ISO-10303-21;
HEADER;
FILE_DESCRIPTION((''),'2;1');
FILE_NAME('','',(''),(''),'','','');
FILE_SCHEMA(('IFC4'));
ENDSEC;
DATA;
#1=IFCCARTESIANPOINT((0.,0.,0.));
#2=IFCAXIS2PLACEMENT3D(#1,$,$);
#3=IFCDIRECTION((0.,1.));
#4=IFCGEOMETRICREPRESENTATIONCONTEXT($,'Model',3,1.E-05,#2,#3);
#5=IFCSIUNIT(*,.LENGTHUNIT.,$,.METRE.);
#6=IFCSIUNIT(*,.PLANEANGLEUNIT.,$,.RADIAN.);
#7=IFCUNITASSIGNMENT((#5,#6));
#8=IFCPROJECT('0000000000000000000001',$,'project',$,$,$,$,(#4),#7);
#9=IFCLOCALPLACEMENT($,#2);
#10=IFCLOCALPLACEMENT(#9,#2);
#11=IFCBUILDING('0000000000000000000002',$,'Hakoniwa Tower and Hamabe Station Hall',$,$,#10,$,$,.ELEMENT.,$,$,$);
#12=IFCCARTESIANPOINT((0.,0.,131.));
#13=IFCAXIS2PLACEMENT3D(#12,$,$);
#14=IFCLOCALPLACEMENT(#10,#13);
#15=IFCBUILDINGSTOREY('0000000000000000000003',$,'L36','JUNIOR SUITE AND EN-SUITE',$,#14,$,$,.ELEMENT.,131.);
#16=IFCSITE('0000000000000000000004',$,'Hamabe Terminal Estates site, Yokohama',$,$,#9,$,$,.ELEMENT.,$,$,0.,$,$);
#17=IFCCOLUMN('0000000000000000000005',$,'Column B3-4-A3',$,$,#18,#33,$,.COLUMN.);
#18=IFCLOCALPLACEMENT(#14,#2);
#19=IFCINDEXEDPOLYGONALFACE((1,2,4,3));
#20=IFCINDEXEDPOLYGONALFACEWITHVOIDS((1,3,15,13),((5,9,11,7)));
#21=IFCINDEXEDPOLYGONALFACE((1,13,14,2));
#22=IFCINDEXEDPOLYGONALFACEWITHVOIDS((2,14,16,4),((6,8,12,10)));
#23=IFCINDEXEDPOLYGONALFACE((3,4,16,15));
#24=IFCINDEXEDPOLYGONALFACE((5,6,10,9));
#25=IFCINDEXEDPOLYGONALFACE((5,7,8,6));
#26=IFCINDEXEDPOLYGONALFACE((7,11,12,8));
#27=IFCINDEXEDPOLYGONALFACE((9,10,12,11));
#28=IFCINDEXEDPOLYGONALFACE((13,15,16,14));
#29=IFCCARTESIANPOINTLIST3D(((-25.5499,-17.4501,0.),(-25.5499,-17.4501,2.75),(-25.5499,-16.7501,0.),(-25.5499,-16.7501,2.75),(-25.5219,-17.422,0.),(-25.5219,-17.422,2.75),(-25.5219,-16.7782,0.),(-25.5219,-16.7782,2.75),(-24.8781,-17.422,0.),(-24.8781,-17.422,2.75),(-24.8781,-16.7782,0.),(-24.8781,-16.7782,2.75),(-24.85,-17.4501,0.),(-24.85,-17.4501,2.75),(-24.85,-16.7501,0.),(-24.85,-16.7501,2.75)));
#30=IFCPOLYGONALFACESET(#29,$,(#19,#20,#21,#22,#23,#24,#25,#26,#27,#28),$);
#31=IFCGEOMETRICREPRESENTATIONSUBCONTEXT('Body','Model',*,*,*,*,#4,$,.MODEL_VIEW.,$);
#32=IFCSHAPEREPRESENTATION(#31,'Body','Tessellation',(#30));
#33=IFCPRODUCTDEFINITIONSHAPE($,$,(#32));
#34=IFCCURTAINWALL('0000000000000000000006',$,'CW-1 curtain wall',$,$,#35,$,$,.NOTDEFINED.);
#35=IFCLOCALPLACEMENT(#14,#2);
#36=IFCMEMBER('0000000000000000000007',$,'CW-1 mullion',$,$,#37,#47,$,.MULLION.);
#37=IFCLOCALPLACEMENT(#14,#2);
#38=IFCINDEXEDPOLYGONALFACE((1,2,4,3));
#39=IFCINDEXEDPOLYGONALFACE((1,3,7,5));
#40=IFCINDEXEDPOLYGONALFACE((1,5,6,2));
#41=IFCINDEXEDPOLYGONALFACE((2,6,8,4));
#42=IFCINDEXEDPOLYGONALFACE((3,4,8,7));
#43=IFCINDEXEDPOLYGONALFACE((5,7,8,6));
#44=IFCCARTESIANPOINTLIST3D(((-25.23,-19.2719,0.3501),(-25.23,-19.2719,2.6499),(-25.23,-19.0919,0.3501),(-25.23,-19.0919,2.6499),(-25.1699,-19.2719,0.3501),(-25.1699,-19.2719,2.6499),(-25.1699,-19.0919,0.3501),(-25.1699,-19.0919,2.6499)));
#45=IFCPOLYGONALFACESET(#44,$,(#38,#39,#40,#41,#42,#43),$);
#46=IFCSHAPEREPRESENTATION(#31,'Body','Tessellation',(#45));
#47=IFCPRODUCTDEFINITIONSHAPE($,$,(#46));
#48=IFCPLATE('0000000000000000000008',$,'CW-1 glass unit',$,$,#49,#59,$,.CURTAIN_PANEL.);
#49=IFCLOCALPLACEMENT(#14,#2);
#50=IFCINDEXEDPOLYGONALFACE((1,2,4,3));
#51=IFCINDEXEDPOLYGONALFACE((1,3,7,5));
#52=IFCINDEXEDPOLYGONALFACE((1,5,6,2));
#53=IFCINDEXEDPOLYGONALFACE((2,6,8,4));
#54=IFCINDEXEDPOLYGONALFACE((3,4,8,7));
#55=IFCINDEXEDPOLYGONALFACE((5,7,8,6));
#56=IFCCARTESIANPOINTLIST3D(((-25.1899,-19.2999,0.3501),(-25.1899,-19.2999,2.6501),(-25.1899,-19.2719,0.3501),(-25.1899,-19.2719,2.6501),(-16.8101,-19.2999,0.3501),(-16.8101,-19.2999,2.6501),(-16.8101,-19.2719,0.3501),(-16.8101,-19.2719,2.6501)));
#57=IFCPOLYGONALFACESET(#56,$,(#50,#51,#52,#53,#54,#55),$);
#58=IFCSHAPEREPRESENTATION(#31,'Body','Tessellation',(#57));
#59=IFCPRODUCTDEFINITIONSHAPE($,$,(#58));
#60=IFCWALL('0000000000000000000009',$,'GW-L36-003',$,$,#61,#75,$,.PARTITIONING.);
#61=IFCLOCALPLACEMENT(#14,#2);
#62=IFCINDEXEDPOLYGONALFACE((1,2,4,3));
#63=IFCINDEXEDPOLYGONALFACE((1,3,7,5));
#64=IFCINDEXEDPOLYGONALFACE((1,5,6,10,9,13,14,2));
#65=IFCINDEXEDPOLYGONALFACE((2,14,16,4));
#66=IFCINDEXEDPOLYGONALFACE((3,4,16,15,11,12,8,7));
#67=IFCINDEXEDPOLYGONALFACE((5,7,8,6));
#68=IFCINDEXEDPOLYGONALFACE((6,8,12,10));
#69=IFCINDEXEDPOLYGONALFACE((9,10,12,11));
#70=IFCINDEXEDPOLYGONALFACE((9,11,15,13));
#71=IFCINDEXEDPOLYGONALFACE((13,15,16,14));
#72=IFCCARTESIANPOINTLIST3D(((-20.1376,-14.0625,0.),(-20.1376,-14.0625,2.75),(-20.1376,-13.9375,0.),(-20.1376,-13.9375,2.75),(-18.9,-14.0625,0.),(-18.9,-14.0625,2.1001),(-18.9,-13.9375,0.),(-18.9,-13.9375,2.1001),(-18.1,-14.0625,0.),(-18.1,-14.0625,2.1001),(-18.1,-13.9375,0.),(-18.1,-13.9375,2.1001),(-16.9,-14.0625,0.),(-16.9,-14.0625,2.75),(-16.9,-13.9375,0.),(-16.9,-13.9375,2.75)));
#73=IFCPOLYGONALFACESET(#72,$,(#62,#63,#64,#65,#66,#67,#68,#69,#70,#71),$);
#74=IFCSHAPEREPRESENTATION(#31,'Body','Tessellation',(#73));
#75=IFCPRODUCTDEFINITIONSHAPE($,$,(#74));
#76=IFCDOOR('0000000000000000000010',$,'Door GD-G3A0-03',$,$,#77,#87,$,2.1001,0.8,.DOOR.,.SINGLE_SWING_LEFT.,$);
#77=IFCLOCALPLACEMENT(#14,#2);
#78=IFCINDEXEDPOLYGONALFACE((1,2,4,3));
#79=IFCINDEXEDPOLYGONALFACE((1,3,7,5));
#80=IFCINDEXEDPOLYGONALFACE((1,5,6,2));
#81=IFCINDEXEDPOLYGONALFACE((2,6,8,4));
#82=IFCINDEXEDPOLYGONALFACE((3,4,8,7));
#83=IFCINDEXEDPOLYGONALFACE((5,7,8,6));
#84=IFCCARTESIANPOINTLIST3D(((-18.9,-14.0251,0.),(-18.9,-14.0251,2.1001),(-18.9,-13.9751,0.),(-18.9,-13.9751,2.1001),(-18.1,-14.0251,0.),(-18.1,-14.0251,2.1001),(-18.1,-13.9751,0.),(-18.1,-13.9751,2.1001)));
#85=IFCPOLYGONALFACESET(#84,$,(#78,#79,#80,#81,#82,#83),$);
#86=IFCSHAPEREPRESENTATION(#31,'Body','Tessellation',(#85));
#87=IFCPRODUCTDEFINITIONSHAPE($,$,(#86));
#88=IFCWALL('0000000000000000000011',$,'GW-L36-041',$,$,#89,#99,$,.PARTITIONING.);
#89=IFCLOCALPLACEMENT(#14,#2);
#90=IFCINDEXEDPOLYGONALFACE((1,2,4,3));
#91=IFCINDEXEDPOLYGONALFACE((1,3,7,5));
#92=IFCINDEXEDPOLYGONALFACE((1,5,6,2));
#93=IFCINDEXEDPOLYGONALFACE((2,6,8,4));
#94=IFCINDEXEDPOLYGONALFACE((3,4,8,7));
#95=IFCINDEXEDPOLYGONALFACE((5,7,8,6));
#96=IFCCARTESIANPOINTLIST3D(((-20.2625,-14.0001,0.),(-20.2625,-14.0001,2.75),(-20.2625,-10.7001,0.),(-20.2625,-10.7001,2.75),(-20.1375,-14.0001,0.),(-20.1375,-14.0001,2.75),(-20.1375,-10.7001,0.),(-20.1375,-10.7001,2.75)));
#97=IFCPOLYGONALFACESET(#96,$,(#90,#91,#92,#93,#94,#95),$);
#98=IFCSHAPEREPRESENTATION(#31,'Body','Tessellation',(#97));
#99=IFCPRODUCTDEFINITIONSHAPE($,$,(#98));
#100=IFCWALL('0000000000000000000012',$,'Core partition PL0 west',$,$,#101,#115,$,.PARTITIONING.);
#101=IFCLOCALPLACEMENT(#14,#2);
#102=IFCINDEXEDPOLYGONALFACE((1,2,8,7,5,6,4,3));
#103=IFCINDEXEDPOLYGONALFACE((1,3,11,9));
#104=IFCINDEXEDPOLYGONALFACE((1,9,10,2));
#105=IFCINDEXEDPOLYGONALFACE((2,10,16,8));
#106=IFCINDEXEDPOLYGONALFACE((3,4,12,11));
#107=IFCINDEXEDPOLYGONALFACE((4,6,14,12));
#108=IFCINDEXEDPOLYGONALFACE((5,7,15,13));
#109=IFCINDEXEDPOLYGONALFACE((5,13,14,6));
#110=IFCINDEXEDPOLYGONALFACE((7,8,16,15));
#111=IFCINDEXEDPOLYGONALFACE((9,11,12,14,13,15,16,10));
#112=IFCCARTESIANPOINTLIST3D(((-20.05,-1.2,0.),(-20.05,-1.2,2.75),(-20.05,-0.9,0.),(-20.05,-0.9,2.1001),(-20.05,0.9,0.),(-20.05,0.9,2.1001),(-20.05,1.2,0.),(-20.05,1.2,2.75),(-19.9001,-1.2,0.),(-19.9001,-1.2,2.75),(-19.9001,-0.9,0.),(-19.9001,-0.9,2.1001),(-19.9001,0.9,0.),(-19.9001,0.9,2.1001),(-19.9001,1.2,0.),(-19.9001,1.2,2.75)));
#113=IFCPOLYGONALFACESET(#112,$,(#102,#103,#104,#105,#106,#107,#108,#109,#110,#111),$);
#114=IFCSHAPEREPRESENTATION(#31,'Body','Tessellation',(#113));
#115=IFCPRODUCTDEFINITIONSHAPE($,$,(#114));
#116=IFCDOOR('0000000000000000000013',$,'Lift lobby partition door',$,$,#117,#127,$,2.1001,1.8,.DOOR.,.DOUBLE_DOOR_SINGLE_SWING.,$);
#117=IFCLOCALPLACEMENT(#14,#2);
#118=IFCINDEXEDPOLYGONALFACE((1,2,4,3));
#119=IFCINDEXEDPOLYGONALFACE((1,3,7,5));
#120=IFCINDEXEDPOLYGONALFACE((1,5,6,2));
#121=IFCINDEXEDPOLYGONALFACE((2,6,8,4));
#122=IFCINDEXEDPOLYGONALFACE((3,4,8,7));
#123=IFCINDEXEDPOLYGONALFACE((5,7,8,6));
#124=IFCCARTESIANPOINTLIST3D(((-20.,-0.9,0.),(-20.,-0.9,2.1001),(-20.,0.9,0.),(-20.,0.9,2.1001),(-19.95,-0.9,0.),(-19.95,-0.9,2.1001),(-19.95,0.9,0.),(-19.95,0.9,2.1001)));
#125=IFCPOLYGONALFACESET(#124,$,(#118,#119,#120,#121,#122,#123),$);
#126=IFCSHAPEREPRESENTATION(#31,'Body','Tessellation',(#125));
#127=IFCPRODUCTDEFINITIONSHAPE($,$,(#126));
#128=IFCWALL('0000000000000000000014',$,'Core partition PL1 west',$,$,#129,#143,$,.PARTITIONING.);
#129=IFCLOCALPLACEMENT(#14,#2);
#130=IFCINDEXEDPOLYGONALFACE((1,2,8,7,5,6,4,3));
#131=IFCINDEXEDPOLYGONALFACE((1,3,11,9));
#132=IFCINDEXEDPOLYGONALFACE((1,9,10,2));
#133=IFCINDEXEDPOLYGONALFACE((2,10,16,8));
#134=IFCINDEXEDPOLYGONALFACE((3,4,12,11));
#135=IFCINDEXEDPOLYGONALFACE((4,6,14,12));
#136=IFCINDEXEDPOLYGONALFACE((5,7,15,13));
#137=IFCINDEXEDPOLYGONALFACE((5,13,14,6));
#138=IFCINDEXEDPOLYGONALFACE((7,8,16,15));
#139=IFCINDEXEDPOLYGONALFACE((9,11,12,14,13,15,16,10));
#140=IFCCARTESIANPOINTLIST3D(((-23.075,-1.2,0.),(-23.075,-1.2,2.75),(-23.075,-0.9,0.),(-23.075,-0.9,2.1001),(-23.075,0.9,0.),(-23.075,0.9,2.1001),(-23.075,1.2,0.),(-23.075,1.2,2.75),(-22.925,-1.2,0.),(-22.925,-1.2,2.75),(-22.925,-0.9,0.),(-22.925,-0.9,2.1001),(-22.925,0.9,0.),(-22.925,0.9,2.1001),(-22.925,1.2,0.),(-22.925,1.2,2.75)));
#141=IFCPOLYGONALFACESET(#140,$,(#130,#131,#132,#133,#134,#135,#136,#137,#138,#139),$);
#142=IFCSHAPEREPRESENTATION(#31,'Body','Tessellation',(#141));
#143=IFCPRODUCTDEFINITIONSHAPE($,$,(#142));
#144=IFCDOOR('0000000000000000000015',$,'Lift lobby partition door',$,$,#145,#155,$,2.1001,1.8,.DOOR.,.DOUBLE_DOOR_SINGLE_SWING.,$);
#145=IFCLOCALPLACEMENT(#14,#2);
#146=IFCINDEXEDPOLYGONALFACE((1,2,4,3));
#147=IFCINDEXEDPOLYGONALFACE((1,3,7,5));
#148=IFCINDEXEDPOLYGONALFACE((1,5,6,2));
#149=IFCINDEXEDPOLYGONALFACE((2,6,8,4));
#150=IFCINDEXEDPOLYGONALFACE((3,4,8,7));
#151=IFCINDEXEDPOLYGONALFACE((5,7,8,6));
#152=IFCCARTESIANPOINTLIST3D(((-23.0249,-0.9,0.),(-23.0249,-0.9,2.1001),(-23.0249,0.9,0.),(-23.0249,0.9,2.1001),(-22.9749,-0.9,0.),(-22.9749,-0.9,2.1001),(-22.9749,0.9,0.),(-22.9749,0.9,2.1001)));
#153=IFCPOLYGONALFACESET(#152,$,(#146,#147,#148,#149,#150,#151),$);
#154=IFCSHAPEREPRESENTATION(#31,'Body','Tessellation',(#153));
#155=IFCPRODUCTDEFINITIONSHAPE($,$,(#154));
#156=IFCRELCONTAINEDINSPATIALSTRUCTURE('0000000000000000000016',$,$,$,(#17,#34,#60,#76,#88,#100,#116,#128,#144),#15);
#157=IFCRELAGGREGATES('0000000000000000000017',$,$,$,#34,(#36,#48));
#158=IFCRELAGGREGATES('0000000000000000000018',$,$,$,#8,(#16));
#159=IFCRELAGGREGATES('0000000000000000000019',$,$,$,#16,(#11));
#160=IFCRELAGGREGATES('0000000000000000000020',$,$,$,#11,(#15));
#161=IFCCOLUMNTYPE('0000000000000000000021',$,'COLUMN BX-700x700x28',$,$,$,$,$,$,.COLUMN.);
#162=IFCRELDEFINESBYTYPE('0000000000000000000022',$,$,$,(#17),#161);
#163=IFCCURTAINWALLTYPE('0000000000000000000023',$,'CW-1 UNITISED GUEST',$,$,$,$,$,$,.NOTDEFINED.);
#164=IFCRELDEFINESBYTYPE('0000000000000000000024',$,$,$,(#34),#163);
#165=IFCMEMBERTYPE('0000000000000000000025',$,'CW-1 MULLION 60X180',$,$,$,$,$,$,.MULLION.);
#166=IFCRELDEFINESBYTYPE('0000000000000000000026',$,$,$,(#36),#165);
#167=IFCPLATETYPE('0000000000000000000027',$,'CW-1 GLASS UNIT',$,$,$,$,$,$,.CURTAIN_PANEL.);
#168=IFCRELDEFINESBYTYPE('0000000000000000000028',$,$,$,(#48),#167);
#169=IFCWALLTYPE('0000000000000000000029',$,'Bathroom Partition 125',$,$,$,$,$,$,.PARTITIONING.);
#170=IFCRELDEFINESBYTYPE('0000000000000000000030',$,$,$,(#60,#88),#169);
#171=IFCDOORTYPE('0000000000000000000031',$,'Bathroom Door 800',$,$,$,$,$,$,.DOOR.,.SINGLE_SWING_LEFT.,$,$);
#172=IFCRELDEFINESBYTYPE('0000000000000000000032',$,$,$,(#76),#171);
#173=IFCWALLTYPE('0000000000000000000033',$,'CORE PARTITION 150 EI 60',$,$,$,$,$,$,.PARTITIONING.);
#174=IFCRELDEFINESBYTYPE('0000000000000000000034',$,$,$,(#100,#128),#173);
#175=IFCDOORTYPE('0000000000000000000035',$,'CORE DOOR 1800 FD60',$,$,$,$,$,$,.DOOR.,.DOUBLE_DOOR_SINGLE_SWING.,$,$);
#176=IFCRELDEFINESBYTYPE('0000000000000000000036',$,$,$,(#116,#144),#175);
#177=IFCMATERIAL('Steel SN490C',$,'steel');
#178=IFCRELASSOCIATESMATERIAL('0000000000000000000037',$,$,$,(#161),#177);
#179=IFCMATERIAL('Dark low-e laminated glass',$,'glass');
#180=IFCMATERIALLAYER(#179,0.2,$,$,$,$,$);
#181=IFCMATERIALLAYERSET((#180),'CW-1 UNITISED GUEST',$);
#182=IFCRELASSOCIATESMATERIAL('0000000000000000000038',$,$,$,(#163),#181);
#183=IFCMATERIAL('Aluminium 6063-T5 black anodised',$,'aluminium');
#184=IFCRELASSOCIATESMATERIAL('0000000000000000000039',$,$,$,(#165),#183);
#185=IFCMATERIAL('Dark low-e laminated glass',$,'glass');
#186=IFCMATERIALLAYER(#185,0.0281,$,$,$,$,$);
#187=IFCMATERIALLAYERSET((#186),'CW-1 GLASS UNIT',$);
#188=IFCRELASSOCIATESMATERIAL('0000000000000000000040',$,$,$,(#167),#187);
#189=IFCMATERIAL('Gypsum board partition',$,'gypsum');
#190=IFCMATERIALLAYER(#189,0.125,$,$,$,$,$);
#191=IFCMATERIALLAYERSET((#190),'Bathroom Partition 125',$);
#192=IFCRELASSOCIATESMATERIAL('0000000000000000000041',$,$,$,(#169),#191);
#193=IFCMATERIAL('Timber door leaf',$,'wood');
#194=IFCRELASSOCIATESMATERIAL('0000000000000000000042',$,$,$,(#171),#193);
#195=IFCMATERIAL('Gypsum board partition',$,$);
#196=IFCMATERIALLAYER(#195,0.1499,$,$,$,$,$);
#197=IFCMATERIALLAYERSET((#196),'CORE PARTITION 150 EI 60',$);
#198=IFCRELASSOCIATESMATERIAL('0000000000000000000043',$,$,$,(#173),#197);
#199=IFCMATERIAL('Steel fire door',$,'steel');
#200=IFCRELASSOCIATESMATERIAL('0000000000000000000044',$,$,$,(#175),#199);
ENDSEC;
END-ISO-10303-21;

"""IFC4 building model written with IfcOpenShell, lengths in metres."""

from ifc_helpers import new_model, si_unit, direction, frame, frame_2d, origin, origin_2d, place, context, subcontext, project, spatial, rectangle, hollow_rectangle, extrude, material, layer, layer_set, material_profile, profile_set, type_object, element, fill, aggregate, save


model = new_model("IFC4")

# Units and contexts
model_context = context("Model", 3, precision=1e-05, world=origin(), true_north=direction((0.0, 1.0)))
body_context = subcontext(model_context, "Body", "Model", "MODEL_VIEW")
ifc_project = project(units=[si_unit("LENGTHUNIT", "METRE"), si_unit("PLANEANGLEUNIT", "RADIAN")], contexts=[model_context])

# Site, building, storey
site_placement = place(None, origin())
site = spatial("IfcSite", under=ifc_project, at=site_placement, Name="Hamabe Terminal Estates site, Yokohama", CompositionType="ELEMENT", RefElevation=0.0)
building_placement = place(site_placement, origin())
building = spatial("IfcBuilding", under=site, at=building_placement, Name="Hakoniwa Tower and Hamabe Station Hall", CompositionType="ELEMENT")
storey_placement = place(building_placement, frame((0.0, 0.0, 131.0)))
storey = spatial("IfcBuildingStorey", under=building, at=storey_placement, Name="L36", Description="JUNIOR SUITE AND EN-SUITE", CompositionType="ELEMENT", Elevation=131.0)

# Column
ifc_material_1 = material(Name="Steel SN490C", Category="steel")
ifc_material_profile_1 = material_profile(ifc_material_1, hollow_rectangle(XDim=0.7, YDim=0.7, WallThickness=0.0281, at=origin_2d()), Name="BX-700x700x28")
ifc_profile_set_1 = profile_set([ifc_material_profile_1], Name="Steel SN490C")
column_type = type_object("IfcColumnType", Name="COLUMN BX-700x700x28", PredefinedType="COLUMN", material=ifc_profile_set_1)
column_placement = place(storey_placement, frame((-25.2, -17.1001, 0.0), z_axis=(0.0, 0.0, 1.0), x_axis=(1.0, 0.0, 0.0)))
element("IfcColumn", 1, at=column_placement, inside=storey, type_object=column_type, Name="Column B3-4-A3", PredefinedType="COLUMN", context=body_context, shape_type="SweptSolid", body=[
    extrude(hollow_rectangle(XDim=0.7, YDim=0.7, WallThickness=0.0281, at=origin_2d()), origin(), (0.0, 0.0, 1.0), 2.75),
])

# Curtain wall, member, plate
ifc_material_2 = material(Name="Dark low-e laminated glass", Category="glass")
ifc_layer_1 = layer(ifc_material_2, 0.2)
ifc_layer_set_1 = layer_set([ifc_layer_1], Name="CW-1 UNITISED GUEST")
curtain_wall_type = type_object("IfcCurtainWallType", Name="CW-1 UNITISED GUEST", PredefinedType="NOTDEFINED", material=ifc_layer_set_1)
curtain_wall_placement = place(storey_placement, origin())
curtain_wall = element("IfcCurtainWall", 2, at=curtain_wall_placement, inside=storey, type_object=curtain_wall_type, Name="CW-1 curtain wall", PredefinedType="NOTDEFINED")
ifc_material_3 = material(Name="Aluminium 6063-T5 black anodised", Category="aluminium")
ifc_material_profile_2 = material_profile(ifc_material_3, rectangle(XDim=0.0601, YDim=0.1799, at=origin_2d()), Name="CW-1 MULLION 60X180")
ifc_profile_set_2 = profile_set([ifc_material_profile_2], Name="Aluminium 6063-T5 black anodised")
member_type = type_object("IfcMemberType", Name="CW-1 MULLION 60X180", PredefinedType="MULLION", material=ifc_profile_set_2)
member_placement = place(storey_placement, frame((-25.2, -19.1819, 0.3501), z_axis=(0.0, 0.0, 1.0), x_axis=(1.0, 0.0, 0.0)))
member = element("IfcMember", 3, at=member_placement, type_object=member_type, Name="CW-1 mullion", PredefinedType="MULLION", context=body_context, shape_type="SweptSolid", body=[
    extrude(rectangle(XDim=0.0601, YDim=0.1799, at=origin_2d()), origin(), (0.0, 0.0, 1.0), 2.2998),
])
ifc_material_4 = material(Name="Dark low-e laminated glass", Category="glass")
ifc_layer_2 = layer(ifc_material_4, 0.0281)
ifc_layer_set_2 = layer_set([ifc_layer_2], Name="CW-1 GLASS UNIT")
plate_type = type_object("IfcPlateType", Name="CW-1 GLASS UNIT", PredefinedType="CURTAIN_PANEL", material=ifc_layer_set_2)
plate_placement = place(storey_placement, frame((-21.0, -19.2859, 0.3501), z_axis=(0.0, 0.0, 1.0), x_axis=(1.0, 0.0, 0.0)))
plate = element("IfcPlate", 4, at=plate_placement, type_object=plate_type, Name="CW-1 glass unit", PredefinedType="CURTAIN_PANEL", context=body_context, shape_type="SweptSolid", body=[
    extrude(rectangle(XDim=8.3799, YDim=0.0281, at=origin_2d()), origin(), (0.0, 0.0, 1.0), 2.3),
])
aggregate(curtain_wall, [member, plate])

# Wall, opening, door
ifc_material_5 = material(Name="Gypsum board partition", Category="gypsum")
ifc_layer_3 = layer(ifc_material_5, 0.125)
ifc_layer_set_3 = layer_set([ifc_layer_3], Name="Bathroom Partition 125")
wall_type_1 = type_object("IfcWallType", Name="Bathroom Partition 125", PredefinedType="PARTITIONING", material=ifc_layer_set_3)
wall_1_placement = place(storey_placement, frame((-20.1375, -14.0, 0.0), z_axis=(0.0, 0.0, 1.0), x_axis=(1.0, 0.0, 0.0)))
wall_1 = element("IfcWall", 5, at=wall_1_placement, inside=storey, type_object=wall_type_1, Name="GW-L36-003", PredefinedType="PARTITIONING", context=body_context, shape_type="SweptSolid", body=[
    extrude(rectangle(XDim=3.2375, YDim=0.125, at=frame_2d((1.6187, 0.0))), origin(), (0.0, 0.0, 1.0), 2.75),
])
opening_1_placement = place(wall_1_placement, frame((1.2375, 0.0, 0.0)))
opening_1 = element("IfcOpeningElement", 6, at=opening_1_placement, cuts=wall_1, PredefinedType="OPENING", context=body_context, shape_type="SweptSolid", body=[
    extrude(rectangle(XDim=0.8, YDim=2.1001, at=frame_2d((0.3999, 1.05))), frame((0.0, 0.0725, 0.0), z_axis=(0.0, -1.0, 0.0), x_axis=(1.0, 0.0, 0.0)), (0.0, 0.0, 1.0), 0.145),
])
ifc_material_6 = material(Name="Timber door leaf", Category="wood")
door_type_1 = type_object("IfcDoorType", Name="Bathroom Door 800", OperationType="SINGLE_SWING_LEFT", PredefinedType="DOOR", material=ifc_material_6)
door_1_placement = place(opening_1_placement, origin())
door_1 = element("IfcDoor", 7, at=door_1_placement, inside=storey, type_object=door_type_1, Name="Door GD-G3A0-03", OperationType="SINGLE_SWING_LEFT", OverallHeight=2.1001, OverallWidth=0.8, PredefinedType="DOOR", context=body_context, shape_type="SweptSolid", body=[
    extrude(rectangle(XDim=0.8, YDim=2.1001, at=frame_2d((0.3999, 1.05))), frame((0.0, 0.0249, 0.0), z_axis=(0.0, -1.0, 0.0), x_axis=(1.0, 0.0, 0.0)), (0.0, 0.0, 1.0), 0.05),
])
fill(opening_1, door_1)

# Wall
wall_2_placement = place(storey_placement, frame((-20.2, -14.0, 0.0), z_axis=(0.0, 0.0, 1.0), x_axis=(0.0, 1.0, 0.0)))
element("IfcWall", 8, at=wall_2_placement, inside=storey, type_object=wall_type_1, Name="GW-L36-041", PredefinedType="PARTITIONING", context=body_context, shape_type="SweptSolid", body=[
    extrude(rectangle(XDim=3.3, YDim=0.125, at=frame_2d((1.6499, 0.0))), origin(), (0.0, 0.0, 1.0), 2.75),
])

# Walls, openings, doors
ifc_material_7 = material(Name="Gypsum board partition")
ifc_layer_4 = layer(ifc_material_7, 0.1499)
ifc_layer_set_4 = layer_set([ifc_layer_4], Name="CORE PARTITION 150 EI 60")
wall_type_2 = type_object("IfcWallType", Name="CORE PARTITION 150 EI 60", PredefinedType="PARTITIONING", material=ifc_layer_set_4)
wall_3_placement = place(storey_placement, frame((-19.9751, -1.2, 0.0), z_axis=(0.0, 0.0, 1.0), x_axis=(0.0, 1.0, 0.0)))
wall_3 = element("IfcWall", 9, at=wall_3_placement, inside=storey, type_object=wall_type_2, Name="Core partition PL0 west", PredefinedType="PARTITIONING", context=body_context, shape_type="SweptSolid", body=[
    extrude(rectangle(XDim=2.3999, YDim=0.1499, at=frame_2d((1.2, 0.0))), origin(), (0.0, 0.0, 1.0), 2.75),
])
opening_2_placement = place(wall_3_placement, frame((0.3, 0.0, 0.0)))
opening_2 = element("IfcOpeningElement", 10, at=opening_2_placement, cuts=wall_3, PredefinedType="OPENING", context=body_context, shape_type="SweptSolid", body=[
    extrude(rectangle(XDim=1.8, YDim=2.1001, at=frame_2d((0.8999, 1.05))), frame((0.0, 0.085, 0.0), z_axis=(0.0, -1.0, 0.0), x_axis=(1.0, 0.0, 0.0)), (0.0, 0.0, 1.0), 0.1699),
])
ifc_material_8 = material(Name="Steel fire door", Category="steel")
door_type_2 = type_object("IfcDoorType", Name="CORE DOOR 1800 FD60", OperationType="DOUBLE_DOOR_SINGLE_SWING", PredefinedType="DOOR", material=ifc_material_8)
door_2_placement = place(opening_2_placement, origin())
door_2 = element("IfcDoor", 11, at=door_2_placement, inside=storey, type_object=door_type_2, Name="Lift lobby partition door", OperationType="DOUBLE_DOOR_SINGLE_SWING", OverallHeight=2.1001, OverallWidth=1.8, PredefinedType="DOOR", context=body_context, shape_type="SweptSolid", body=[
    extrude(rectangle(XDim=1.8, YDim=2.1001, at=frame_2d((0.8999, 1.05))), frame((0.0, 0.0249, 0.0), z_axis=(0.0, -1.0, 0.0), x_axis=(1.0, 0.0, 0.0)), (0.0, 0.0, 1.0), 0.05),
])
fill(opening_2, door_2)
wall_4_placement = place(storey_placement, frame((-23.0, -1.2, 0.0), z_axis=(0.0, 0.0, 1.0), x_axis=(0.0, 1.0, 0.0)))
wall_4 = element("IfcWall", 12, at=wall_4_placement, inside=storey, type_object=wall_type_2, Name="Core partition PL1 west", PredefinedType="PARTITIONING", context=body_context, shape_type="SweptSolid", body=[
    extrude(rectangle(XDim=2.3999, YDim=0.1499, at=frame_2d((1.2, 0.0))), origin(), (0.0, 0.0, 1.0), 2.75),
])
opening_3_placement = place(wall_4_placement, frame((0.3, 0.0, 0.0)))
opening_3 = element("IfcOpeningElement", 13, at=opening_3_placement, cuts=wall_4, PredefinedType="OPENING", context=body_context, shape_type="SweptSolid", body=[
    extrude(rectangle(XDim=1.8, YDim=2.1001, at=frame_2d((0.8999, 1.05))), frame((0.0, 0.085, 0.0), z_axis=(0.0, -1.0, 0.0), x_axis=(1.0, 0.0, 0.0)), (0.0, 0.0, 1.0), 0.1699),
])
door_3_placement = place(opening_3_placement, origin())
door_3 = element("IfcDoor", 14, at=door_3_placement, inside=storey, type_object=door_type_2, Name="Lift lobby partition door", OperationType="DOUBLE_DOOR_SINGLE_SWING", OverallHeight=2.1001, OverallWidth=1.8, PredefinedType="DOOR", context=body_context, shape_type="SweptSolid", body=[
    extrude(rectangle(XDim=1.8, YDim=2.1001, at=frame_2d((0.8999, 1.05))), frame((0.0, 0.0249, 0.0), z_axis=(0.0, -1.0, 0.0), x_axis=(1.0, 0.0, 0.0)), (0.0, 0.0, 1.0), 0.05),
])
fill(opening_3, door_3)

save(model, "model.ifc")
